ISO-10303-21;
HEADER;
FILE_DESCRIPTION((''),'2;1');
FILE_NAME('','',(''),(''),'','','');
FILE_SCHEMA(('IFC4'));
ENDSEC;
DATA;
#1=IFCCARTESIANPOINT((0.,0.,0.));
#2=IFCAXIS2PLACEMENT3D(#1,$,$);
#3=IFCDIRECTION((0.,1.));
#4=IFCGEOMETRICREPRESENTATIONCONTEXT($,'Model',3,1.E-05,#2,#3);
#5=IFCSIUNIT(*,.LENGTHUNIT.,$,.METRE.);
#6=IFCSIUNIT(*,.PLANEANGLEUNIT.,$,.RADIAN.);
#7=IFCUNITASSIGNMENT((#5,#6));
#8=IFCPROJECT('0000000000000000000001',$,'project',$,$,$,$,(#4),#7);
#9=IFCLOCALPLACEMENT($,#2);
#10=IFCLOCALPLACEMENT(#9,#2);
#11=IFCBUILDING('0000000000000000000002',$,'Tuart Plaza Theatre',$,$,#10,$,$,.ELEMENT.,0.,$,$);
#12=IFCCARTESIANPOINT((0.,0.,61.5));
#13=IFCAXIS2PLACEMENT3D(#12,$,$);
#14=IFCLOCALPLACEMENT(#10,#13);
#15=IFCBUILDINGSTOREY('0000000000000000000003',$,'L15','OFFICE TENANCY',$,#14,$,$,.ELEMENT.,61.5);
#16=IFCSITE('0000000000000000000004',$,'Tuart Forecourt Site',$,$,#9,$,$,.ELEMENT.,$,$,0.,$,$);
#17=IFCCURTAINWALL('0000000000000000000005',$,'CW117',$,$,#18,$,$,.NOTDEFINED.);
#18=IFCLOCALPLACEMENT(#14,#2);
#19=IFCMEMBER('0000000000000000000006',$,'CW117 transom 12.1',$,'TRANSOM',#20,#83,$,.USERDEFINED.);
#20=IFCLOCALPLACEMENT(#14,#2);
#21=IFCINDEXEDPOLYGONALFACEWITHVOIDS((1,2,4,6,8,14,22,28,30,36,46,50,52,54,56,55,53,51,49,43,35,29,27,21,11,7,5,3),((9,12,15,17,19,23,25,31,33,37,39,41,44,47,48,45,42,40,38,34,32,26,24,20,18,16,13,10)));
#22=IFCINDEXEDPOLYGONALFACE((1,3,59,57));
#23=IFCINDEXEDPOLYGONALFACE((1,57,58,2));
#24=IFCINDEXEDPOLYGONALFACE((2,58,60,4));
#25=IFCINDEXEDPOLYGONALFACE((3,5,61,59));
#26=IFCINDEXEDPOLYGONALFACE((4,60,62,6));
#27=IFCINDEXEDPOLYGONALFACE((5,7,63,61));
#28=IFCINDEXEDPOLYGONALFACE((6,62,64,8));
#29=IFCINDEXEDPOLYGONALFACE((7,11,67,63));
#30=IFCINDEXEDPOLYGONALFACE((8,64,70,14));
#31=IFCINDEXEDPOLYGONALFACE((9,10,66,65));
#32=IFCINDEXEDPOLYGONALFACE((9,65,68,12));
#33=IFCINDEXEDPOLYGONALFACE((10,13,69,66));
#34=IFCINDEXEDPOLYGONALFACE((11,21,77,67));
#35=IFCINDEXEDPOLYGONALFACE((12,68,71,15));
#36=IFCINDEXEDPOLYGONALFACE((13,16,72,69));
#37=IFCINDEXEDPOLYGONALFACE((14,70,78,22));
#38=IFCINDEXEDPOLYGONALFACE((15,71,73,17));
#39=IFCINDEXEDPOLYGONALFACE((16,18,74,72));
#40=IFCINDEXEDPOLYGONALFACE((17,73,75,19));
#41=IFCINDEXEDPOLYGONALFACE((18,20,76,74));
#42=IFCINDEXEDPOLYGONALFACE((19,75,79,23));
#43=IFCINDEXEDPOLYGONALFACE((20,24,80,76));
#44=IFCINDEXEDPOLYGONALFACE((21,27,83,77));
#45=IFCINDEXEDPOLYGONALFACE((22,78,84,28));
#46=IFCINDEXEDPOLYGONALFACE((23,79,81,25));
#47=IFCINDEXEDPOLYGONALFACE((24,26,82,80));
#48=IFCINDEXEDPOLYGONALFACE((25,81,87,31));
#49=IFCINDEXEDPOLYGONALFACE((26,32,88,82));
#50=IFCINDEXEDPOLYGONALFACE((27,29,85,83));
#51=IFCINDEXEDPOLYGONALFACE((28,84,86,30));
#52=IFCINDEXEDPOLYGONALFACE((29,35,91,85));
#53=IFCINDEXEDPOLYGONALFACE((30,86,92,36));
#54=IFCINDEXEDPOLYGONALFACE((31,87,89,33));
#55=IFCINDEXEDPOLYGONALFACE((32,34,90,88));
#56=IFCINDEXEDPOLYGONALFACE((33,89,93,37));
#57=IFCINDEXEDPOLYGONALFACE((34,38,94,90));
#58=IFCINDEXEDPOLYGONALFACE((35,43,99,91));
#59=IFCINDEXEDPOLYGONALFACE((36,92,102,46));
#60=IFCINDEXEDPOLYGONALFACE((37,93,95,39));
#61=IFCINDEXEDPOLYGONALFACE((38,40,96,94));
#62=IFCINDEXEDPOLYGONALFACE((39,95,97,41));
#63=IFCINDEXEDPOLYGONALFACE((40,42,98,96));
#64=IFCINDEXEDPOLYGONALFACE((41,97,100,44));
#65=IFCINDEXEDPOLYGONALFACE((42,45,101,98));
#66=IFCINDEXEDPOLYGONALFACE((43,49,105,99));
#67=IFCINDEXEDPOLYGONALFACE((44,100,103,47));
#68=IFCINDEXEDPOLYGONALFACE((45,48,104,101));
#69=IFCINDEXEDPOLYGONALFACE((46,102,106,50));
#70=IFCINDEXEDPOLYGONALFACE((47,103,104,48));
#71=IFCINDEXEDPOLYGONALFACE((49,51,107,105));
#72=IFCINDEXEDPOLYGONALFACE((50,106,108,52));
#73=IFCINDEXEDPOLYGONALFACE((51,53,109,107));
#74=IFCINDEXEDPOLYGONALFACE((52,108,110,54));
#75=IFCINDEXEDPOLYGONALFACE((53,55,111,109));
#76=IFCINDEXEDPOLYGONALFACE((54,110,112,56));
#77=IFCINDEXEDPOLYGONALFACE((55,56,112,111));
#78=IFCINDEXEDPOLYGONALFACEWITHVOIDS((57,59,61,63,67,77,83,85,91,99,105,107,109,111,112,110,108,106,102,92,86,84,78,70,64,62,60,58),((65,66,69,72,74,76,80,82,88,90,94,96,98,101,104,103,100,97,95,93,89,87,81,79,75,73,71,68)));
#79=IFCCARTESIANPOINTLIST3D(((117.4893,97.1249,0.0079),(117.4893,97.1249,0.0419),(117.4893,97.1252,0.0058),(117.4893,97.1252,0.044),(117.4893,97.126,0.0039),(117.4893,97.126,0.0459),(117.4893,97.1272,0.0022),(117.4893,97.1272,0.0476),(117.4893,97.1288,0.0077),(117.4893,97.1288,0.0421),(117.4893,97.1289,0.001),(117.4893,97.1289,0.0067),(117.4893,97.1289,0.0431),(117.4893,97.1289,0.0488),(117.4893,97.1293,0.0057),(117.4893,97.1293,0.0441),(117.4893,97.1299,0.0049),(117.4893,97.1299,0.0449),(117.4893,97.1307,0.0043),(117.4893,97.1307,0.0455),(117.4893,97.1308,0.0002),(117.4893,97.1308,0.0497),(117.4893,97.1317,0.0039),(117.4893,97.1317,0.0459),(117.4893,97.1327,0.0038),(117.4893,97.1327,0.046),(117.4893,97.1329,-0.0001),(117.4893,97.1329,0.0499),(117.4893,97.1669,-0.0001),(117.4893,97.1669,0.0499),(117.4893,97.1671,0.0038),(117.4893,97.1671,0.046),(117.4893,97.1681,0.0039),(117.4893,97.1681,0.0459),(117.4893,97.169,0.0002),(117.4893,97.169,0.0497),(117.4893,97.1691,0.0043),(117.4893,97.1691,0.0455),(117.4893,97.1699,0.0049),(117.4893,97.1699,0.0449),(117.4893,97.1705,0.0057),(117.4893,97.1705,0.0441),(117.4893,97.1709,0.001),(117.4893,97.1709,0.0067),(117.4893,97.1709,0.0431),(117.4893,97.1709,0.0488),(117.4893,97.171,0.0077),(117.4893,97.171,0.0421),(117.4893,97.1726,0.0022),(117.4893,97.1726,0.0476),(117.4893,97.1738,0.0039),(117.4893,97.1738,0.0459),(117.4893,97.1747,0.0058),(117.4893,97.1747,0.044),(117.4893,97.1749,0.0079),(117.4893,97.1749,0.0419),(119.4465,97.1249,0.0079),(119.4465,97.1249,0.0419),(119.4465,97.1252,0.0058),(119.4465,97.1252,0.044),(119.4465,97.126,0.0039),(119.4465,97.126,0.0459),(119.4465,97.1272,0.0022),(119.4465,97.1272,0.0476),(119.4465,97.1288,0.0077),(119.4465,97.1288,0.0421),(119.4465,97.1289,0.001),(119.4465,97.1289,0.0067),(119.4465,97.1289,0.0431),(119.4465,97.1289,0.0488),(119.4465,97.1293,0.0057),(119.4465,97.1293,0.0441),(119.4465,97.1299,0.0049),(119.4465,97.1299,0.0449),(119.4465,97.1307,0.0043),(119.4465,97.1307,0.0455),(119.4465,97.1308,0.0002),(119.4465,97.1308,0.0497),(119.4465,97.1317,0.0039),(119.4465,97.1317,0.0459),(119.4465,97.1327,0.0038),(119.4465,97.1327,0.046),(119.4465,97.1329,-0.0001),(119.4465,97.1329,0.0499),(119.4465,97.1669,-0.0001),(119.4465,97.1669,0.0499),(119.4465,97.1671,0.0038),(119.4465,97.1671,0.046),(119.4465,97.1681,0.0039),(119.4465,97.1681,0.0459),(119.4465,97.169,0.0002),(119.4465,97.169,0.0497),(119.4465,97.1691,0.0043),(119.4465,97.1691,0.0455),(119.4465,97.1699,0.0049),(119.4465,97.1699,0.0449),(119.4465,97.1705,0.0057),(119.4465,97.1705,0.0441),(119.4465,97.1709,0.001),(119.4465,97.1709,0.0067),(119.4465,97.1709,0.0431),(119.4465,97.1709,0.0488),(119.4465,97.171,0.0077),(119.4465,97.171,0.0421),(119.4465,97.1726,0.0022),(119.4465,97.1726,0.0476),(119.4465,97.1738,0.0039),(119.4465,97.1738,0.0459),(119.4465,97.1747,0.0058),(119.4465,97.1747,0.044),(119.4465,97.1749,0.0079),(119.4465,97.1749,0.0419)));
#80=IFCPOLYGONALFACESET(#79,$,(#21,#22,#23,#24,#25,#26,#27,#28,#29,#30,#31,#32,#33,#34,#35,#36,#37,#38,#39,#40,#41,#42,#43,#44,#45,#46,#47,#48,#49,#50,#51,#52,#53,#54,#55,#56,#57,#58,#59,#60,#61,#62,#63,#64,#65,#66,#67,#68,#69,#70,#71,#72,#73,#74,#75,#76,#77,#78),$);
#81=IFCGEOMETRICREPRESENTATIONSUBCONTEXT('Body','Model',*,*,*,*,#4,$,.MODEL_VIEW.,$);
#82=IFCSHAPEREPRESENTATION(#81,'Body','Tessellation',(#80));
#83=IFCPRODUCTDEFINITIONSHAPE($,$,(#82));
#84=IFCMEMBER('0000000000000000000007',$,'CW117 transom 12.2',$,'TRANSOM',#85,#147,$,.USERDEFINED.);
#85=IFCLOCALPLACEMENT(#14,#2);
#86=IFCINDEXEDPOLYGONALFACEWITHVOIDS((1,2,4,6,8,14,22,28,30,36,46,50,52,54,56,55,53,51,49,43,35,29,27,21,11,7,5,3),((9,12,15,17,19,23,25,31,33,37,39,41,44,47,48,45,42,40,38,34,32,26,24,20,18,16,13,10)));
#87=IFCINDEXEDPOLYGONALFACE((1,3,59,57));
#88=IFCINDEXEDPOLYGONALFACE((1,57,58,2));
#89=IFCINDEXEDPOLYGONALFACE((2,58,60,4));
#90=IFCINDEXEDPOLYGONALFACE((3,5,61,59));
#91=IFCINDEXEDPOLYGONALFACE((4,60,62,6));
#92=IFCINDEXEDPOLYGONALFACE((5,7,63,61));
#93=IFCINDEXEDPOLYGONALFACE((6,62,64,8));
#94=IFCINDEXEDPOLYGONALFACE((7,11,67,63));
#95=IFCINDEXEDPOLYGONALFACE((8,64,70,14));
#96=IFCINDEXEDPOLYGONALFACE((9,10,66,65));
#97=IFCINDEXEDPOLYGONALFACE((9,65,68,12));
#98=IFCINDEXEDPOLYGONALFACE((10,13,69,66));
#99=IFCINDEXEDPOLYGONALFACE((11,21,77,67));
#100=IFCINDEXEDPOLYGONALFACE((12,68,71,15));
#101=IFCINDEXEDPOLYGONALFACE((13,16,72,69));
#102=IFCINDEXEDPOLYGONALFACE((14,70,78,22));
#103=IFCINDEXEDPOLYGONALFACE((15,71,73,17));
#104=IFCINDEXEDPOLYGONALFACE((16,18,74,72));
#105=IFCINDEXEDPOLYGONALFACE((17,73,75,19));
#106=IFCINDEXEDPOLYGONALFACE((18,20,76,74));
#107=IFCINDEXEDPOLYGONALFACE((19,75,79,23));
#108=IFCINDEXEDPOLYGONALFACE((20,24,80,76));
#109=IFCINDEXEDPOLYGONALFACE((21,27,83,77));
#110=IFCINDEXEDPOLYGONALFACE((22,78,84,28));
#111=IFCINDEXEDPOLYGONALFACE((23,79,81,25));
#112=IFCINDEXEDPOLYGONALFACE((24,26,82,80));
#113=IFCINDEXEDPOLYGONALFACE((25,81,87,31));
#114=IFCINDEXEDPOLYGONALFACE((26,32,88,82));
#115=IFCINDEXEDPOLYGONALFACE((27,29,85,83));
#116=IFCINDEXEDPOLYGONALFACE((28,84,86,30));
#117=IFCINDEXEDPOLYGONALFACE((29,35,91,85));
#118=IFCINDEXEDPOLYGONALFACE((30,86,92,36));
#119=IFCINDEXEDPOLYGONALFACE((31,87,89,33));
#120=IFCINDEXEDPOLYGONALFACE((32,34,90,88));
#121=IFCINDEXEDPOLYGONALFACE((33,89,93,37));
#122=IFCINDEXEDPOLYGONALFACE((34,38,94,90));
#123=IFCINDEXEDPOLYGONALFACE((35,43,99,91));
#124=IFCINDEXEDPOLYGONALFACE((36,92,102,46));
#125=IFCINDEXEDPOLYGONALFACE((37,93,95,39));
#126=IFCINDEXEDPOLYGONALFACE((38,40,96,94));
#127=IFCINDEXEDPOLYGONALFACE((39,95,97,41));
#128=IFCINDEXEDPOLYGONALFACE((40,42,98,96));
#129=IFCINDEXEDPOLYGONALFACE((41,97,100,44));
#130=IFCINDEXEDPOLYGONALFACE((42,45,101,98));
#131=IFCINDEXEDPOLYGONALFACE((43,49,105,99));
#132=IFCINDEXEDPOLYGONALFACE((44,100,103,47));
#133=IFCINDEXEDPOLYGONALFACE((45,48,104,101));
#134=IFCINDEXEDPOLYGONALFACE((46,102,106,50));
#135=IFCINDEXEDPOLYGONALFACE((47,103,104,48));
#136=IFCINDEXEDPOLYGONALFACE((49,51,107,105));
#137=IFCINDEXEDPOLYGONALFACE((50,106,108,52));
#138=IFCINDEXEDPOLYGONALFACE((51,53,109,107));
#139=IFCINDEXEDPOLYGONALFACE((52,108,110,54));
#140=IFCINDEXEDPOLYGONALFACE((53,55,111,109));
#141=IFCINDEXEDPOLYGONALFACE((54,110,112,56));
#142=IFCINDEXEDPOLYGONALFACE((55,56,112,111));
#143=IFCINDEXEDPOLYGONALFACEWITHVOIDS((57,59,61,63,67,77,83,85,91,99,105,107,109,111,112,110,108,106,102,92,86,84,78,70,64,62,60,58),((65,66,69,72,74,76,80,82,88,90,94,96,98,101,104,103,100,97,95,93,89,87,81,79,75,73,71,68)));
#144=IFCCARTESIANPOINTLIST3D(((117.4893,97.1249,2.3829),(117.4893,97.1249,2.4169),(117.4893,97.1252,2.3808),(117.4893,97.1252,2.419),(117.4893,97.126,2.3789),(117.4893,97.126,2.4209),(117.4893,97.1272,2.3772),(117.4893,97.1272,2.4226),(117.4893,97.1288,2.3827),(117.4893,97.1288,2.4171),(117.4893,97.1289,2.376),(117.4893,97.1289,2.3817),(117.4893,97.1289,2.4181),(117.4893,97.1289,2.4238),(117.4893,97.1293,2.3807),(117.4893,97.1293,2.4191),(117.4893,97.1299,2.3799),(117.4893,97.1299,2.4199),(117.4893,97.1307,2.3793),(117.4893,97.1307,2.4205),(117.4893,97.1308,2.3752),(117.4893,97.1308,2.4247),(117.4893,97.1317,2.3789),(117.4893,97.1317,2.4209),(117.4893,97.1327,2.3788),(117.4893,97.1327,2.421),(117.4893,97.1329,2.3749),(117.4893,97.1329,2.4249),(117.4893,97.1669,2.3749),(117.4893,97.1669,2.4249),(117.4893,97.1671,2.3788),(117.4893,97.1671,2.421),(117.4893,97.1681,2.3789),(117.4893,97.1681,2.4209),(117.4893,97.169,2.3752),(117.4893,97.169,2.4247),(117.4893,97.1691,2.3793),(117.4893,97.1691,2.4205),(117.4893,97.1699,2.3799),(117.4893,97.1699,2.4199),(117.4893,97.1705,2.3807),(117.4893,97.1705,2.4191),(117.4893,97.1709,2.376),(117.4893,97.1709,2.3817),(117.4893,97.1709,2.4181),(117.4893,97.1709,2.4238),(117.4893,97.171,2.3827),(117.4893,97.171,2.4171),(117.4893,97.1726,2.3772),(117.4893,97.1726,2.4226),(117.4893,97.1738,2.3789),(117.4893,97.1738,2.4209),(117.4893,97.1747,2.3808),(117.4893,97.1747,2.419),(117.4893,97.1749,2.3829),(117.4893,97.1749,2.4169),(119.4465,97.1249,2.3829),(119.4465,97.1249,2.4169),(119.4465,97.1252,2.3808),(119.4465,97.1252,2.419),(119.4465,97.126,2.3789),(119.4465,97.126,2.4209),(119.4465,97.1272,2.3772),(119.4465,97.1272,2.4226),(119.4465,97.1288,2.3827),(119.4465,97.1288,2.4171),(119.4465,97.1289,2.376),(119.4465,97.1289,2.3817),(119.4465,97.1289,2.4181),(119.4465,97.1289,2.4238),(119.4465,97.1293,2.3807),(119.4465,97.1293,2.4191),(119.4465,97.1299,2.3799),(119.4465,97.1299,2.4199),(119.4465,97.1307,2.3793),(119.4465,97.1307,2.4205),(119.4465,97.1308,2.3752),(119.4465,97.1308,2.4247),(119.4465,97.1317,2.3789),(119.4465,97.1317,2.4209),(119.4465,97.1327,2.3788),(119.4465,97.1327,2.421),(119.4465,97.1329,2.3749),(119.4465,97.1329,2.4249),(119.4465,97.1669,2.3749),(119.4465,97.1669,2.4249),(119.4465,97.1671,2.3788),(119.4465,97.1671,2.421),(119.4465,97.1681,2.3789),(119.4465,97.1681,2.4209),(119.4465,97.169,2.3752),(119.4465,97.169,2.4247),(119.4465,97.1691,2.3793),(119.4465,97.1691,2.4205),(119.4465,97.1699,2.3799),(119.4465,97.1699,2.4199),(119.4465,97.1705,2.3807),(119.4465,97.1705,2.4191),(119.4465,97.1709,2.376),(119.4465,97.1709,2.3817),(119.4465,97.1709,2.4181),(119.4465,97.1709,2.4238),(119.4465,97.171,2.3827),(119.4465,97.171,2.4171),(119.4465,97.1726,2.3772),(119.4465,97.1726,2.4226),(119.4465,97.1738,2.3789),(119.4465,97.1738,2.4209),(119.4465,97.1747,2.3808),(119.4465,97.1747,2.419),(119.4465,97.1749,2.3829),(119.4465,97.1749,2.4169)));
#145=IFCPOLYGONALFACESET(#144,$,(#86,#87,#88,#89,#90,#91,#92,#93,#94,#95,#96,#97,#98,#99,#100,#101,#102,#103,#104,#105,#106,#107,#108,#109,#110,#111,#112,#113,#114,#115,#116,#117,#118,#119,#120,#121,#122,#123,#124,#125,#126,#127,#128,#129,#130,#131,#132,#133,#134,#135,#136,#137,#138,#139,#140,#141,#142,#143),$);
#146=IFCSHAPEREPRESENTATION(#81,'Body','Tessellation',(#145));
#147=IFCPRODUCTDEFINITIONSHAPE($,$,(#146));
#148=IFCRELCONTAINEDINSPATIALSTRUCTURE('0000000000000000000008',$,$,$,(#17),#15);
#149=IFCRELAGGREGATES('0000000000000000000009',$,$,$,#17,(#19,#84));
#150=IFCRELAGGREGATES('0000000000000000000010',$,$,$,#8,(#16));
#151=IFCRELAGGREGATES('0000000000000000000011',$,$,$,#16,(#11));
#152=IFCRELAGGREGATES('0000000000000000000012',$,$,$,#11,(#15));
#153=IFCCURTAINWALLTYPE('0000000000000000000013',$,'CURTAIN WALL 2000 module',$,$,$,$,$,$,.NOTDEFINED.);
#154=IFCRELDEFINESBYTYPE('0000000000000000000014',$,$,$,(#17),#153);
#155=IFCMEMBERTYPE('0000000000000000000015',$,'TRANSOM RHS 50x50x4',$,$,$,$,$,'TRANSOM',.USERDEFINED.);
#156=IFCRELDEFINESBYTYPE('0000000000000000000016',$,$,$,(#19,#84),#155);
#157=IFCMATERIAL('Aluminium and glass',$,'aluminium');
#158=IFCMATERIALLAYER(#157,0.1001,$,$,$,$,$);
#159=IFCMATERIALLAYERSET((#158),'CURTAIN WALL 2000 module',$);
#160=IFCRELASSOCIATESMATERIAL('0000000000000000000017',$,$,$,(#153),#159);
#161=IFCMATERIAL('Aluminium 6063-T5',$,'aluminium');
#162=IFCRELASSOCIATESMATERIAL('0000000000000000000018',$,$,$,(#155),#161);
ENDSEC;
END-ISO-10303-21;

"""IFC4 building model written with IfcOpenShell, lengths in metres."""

from ifc_helpers import new_model, si_unit, direction, frame, origin, origin_2d, place, context, subcontext, project, spatial, hollow_rectangle, extrude, material, layer, layer_set, material_profile, profile_set, type_object, element, aggregate, save


model = new_model("IFC4")

# Units and contexts
model_context = context("Model", 3, precision=1e-05, world=origin(), true_north=direction((0.0, 1.0)))
body_context = subcontext(model_context, "Body", "Model", "MODEL_VIEW")
ifc_project = project(units=[si_unit("LENGTHUNIT", "METRE"), si_unit("PLANEANGLEUNIT", "RADIAN")], contexts=[model_context])

# Site, building, storey
site_placement = place(None, origin())
site = spatial("IfcSite", under=ifc_project, at=site_placement, Name="Tuart Forecourt Site", CompositionType="ELEMENT", RefElevation=0.0)
building_placement = place(site_placement, origin())
building = spatial("IfcBuilding", under=site, at=building_placement, Name="Tuart Plaza Theatre", CompositionType="ELEMENT", ElevationOfRefHeight=0.0)
storey_placement = place(building_placement, frame((0.0, 0.0, 61.5)))
storey = spatial("IfcBuildingStorey", under=building, at=storey_placement, Name="L15", Description="OFFICE TENANCY", CompositionType="ELEMENT", Elevation=61.5)

# Curtain wall, members
ifc_material_1 = material(Name="Aluminium and glass", Category="aluminium")
ifc_layer_1 = layer(ifc_material_1, 0.1001)
ifc_layer_set_1 = layer_set([ifc_layer_1], Name="CURTAIN WALL 2000 module")
curtain_wall_type = type_object("IfcCurtainWallType", Name="CURTAIN WALL 2000 module", PredefinedType="NOTDEFINED", material=ifc_layer_set_1)
curtain_wall_placement = place(storey_placement, origin())
curtain_wall = element("IfcCurtainWall", 1, at=curtain_wall_placement, inside=storey, type_object=curtain_wall_type, Name="CW117", PredefinedType="NOTDEFINED")
ifc_material_2 = material(Name="Aluminium 6063-T5", Category="aluminium")
ifc_material_profile_1 = material_profile(ifc_material_2, hollow_rectangle(XDim=0.05, YDim=0.05, WallThickness=0.0039, InnerFilletRadius=0.0039, OuterFilletRadius=0.0081, at=origin_2d()), Name="RHS 50x50x4")
ifc_profile_set_1 = profile_set([ifc_material_profile_1], Name="Aluminium 6063-T5")
member_type_1 = type_object("IfcMemberType", Name="TRANSOM RHS 50x50x4", ElementType="TRANSOM", PredefinedType="USERDEFINED", material=ifc_profile_set_1)
member_1_placement = place(storey_placement, frame((119.4465, 97.1499, 0.0249), z_axis=(-1.0, 0.0, 0.0), x_axis=(0.0, -1.0, 0.0)))
member_1 = element("IfcMember", 2, at=member_1_placement, type_object=member_type_1, Name="CW117 transom 12.1", ObjectType="TRANSOM", PredefinedType="USERDEFINED", context=body_context, shape_type="SweptSolid", body=[
    extrude(hollow_rectangle(XDim=0.05, YDim=0.05, WallThickness=0.0039, InnerFilletRadius=0.0039, OuterFilletRadius=0.0081, at=origin_2d()), origin(), (0.0, 0.0, 1.0), 1.9573),
])
member_2_placement = place(storey_placement, frame((119.4465, 97.1499, 2.3999), z_axis=(-1.0, 0.0, 0.0), x_axis=(0.0, -1.0, 0.0)))
member_2 = element("IfcMember", 3, at=member_2_placement, type_object=member_type_1, Name="CW117 transom 12.2", ObjectType="TRANSOM", PredefinedType="USERDEFINED", context=body_context, shape_type="SweptSolid", body=[
    extrude(hollow_rectangle(XDim=0.05, YDim=0.05, WallThickness=0.0039, InnerFilletRadius=0.0039, OuterFilletRadius=0.0081, at=origin_2d()), origin(), (0.0, 0.0, 1.0), 1.9573),
])
aggregate(curtain_wall, [member_1, member_2])

save(model, "model.ifc")
